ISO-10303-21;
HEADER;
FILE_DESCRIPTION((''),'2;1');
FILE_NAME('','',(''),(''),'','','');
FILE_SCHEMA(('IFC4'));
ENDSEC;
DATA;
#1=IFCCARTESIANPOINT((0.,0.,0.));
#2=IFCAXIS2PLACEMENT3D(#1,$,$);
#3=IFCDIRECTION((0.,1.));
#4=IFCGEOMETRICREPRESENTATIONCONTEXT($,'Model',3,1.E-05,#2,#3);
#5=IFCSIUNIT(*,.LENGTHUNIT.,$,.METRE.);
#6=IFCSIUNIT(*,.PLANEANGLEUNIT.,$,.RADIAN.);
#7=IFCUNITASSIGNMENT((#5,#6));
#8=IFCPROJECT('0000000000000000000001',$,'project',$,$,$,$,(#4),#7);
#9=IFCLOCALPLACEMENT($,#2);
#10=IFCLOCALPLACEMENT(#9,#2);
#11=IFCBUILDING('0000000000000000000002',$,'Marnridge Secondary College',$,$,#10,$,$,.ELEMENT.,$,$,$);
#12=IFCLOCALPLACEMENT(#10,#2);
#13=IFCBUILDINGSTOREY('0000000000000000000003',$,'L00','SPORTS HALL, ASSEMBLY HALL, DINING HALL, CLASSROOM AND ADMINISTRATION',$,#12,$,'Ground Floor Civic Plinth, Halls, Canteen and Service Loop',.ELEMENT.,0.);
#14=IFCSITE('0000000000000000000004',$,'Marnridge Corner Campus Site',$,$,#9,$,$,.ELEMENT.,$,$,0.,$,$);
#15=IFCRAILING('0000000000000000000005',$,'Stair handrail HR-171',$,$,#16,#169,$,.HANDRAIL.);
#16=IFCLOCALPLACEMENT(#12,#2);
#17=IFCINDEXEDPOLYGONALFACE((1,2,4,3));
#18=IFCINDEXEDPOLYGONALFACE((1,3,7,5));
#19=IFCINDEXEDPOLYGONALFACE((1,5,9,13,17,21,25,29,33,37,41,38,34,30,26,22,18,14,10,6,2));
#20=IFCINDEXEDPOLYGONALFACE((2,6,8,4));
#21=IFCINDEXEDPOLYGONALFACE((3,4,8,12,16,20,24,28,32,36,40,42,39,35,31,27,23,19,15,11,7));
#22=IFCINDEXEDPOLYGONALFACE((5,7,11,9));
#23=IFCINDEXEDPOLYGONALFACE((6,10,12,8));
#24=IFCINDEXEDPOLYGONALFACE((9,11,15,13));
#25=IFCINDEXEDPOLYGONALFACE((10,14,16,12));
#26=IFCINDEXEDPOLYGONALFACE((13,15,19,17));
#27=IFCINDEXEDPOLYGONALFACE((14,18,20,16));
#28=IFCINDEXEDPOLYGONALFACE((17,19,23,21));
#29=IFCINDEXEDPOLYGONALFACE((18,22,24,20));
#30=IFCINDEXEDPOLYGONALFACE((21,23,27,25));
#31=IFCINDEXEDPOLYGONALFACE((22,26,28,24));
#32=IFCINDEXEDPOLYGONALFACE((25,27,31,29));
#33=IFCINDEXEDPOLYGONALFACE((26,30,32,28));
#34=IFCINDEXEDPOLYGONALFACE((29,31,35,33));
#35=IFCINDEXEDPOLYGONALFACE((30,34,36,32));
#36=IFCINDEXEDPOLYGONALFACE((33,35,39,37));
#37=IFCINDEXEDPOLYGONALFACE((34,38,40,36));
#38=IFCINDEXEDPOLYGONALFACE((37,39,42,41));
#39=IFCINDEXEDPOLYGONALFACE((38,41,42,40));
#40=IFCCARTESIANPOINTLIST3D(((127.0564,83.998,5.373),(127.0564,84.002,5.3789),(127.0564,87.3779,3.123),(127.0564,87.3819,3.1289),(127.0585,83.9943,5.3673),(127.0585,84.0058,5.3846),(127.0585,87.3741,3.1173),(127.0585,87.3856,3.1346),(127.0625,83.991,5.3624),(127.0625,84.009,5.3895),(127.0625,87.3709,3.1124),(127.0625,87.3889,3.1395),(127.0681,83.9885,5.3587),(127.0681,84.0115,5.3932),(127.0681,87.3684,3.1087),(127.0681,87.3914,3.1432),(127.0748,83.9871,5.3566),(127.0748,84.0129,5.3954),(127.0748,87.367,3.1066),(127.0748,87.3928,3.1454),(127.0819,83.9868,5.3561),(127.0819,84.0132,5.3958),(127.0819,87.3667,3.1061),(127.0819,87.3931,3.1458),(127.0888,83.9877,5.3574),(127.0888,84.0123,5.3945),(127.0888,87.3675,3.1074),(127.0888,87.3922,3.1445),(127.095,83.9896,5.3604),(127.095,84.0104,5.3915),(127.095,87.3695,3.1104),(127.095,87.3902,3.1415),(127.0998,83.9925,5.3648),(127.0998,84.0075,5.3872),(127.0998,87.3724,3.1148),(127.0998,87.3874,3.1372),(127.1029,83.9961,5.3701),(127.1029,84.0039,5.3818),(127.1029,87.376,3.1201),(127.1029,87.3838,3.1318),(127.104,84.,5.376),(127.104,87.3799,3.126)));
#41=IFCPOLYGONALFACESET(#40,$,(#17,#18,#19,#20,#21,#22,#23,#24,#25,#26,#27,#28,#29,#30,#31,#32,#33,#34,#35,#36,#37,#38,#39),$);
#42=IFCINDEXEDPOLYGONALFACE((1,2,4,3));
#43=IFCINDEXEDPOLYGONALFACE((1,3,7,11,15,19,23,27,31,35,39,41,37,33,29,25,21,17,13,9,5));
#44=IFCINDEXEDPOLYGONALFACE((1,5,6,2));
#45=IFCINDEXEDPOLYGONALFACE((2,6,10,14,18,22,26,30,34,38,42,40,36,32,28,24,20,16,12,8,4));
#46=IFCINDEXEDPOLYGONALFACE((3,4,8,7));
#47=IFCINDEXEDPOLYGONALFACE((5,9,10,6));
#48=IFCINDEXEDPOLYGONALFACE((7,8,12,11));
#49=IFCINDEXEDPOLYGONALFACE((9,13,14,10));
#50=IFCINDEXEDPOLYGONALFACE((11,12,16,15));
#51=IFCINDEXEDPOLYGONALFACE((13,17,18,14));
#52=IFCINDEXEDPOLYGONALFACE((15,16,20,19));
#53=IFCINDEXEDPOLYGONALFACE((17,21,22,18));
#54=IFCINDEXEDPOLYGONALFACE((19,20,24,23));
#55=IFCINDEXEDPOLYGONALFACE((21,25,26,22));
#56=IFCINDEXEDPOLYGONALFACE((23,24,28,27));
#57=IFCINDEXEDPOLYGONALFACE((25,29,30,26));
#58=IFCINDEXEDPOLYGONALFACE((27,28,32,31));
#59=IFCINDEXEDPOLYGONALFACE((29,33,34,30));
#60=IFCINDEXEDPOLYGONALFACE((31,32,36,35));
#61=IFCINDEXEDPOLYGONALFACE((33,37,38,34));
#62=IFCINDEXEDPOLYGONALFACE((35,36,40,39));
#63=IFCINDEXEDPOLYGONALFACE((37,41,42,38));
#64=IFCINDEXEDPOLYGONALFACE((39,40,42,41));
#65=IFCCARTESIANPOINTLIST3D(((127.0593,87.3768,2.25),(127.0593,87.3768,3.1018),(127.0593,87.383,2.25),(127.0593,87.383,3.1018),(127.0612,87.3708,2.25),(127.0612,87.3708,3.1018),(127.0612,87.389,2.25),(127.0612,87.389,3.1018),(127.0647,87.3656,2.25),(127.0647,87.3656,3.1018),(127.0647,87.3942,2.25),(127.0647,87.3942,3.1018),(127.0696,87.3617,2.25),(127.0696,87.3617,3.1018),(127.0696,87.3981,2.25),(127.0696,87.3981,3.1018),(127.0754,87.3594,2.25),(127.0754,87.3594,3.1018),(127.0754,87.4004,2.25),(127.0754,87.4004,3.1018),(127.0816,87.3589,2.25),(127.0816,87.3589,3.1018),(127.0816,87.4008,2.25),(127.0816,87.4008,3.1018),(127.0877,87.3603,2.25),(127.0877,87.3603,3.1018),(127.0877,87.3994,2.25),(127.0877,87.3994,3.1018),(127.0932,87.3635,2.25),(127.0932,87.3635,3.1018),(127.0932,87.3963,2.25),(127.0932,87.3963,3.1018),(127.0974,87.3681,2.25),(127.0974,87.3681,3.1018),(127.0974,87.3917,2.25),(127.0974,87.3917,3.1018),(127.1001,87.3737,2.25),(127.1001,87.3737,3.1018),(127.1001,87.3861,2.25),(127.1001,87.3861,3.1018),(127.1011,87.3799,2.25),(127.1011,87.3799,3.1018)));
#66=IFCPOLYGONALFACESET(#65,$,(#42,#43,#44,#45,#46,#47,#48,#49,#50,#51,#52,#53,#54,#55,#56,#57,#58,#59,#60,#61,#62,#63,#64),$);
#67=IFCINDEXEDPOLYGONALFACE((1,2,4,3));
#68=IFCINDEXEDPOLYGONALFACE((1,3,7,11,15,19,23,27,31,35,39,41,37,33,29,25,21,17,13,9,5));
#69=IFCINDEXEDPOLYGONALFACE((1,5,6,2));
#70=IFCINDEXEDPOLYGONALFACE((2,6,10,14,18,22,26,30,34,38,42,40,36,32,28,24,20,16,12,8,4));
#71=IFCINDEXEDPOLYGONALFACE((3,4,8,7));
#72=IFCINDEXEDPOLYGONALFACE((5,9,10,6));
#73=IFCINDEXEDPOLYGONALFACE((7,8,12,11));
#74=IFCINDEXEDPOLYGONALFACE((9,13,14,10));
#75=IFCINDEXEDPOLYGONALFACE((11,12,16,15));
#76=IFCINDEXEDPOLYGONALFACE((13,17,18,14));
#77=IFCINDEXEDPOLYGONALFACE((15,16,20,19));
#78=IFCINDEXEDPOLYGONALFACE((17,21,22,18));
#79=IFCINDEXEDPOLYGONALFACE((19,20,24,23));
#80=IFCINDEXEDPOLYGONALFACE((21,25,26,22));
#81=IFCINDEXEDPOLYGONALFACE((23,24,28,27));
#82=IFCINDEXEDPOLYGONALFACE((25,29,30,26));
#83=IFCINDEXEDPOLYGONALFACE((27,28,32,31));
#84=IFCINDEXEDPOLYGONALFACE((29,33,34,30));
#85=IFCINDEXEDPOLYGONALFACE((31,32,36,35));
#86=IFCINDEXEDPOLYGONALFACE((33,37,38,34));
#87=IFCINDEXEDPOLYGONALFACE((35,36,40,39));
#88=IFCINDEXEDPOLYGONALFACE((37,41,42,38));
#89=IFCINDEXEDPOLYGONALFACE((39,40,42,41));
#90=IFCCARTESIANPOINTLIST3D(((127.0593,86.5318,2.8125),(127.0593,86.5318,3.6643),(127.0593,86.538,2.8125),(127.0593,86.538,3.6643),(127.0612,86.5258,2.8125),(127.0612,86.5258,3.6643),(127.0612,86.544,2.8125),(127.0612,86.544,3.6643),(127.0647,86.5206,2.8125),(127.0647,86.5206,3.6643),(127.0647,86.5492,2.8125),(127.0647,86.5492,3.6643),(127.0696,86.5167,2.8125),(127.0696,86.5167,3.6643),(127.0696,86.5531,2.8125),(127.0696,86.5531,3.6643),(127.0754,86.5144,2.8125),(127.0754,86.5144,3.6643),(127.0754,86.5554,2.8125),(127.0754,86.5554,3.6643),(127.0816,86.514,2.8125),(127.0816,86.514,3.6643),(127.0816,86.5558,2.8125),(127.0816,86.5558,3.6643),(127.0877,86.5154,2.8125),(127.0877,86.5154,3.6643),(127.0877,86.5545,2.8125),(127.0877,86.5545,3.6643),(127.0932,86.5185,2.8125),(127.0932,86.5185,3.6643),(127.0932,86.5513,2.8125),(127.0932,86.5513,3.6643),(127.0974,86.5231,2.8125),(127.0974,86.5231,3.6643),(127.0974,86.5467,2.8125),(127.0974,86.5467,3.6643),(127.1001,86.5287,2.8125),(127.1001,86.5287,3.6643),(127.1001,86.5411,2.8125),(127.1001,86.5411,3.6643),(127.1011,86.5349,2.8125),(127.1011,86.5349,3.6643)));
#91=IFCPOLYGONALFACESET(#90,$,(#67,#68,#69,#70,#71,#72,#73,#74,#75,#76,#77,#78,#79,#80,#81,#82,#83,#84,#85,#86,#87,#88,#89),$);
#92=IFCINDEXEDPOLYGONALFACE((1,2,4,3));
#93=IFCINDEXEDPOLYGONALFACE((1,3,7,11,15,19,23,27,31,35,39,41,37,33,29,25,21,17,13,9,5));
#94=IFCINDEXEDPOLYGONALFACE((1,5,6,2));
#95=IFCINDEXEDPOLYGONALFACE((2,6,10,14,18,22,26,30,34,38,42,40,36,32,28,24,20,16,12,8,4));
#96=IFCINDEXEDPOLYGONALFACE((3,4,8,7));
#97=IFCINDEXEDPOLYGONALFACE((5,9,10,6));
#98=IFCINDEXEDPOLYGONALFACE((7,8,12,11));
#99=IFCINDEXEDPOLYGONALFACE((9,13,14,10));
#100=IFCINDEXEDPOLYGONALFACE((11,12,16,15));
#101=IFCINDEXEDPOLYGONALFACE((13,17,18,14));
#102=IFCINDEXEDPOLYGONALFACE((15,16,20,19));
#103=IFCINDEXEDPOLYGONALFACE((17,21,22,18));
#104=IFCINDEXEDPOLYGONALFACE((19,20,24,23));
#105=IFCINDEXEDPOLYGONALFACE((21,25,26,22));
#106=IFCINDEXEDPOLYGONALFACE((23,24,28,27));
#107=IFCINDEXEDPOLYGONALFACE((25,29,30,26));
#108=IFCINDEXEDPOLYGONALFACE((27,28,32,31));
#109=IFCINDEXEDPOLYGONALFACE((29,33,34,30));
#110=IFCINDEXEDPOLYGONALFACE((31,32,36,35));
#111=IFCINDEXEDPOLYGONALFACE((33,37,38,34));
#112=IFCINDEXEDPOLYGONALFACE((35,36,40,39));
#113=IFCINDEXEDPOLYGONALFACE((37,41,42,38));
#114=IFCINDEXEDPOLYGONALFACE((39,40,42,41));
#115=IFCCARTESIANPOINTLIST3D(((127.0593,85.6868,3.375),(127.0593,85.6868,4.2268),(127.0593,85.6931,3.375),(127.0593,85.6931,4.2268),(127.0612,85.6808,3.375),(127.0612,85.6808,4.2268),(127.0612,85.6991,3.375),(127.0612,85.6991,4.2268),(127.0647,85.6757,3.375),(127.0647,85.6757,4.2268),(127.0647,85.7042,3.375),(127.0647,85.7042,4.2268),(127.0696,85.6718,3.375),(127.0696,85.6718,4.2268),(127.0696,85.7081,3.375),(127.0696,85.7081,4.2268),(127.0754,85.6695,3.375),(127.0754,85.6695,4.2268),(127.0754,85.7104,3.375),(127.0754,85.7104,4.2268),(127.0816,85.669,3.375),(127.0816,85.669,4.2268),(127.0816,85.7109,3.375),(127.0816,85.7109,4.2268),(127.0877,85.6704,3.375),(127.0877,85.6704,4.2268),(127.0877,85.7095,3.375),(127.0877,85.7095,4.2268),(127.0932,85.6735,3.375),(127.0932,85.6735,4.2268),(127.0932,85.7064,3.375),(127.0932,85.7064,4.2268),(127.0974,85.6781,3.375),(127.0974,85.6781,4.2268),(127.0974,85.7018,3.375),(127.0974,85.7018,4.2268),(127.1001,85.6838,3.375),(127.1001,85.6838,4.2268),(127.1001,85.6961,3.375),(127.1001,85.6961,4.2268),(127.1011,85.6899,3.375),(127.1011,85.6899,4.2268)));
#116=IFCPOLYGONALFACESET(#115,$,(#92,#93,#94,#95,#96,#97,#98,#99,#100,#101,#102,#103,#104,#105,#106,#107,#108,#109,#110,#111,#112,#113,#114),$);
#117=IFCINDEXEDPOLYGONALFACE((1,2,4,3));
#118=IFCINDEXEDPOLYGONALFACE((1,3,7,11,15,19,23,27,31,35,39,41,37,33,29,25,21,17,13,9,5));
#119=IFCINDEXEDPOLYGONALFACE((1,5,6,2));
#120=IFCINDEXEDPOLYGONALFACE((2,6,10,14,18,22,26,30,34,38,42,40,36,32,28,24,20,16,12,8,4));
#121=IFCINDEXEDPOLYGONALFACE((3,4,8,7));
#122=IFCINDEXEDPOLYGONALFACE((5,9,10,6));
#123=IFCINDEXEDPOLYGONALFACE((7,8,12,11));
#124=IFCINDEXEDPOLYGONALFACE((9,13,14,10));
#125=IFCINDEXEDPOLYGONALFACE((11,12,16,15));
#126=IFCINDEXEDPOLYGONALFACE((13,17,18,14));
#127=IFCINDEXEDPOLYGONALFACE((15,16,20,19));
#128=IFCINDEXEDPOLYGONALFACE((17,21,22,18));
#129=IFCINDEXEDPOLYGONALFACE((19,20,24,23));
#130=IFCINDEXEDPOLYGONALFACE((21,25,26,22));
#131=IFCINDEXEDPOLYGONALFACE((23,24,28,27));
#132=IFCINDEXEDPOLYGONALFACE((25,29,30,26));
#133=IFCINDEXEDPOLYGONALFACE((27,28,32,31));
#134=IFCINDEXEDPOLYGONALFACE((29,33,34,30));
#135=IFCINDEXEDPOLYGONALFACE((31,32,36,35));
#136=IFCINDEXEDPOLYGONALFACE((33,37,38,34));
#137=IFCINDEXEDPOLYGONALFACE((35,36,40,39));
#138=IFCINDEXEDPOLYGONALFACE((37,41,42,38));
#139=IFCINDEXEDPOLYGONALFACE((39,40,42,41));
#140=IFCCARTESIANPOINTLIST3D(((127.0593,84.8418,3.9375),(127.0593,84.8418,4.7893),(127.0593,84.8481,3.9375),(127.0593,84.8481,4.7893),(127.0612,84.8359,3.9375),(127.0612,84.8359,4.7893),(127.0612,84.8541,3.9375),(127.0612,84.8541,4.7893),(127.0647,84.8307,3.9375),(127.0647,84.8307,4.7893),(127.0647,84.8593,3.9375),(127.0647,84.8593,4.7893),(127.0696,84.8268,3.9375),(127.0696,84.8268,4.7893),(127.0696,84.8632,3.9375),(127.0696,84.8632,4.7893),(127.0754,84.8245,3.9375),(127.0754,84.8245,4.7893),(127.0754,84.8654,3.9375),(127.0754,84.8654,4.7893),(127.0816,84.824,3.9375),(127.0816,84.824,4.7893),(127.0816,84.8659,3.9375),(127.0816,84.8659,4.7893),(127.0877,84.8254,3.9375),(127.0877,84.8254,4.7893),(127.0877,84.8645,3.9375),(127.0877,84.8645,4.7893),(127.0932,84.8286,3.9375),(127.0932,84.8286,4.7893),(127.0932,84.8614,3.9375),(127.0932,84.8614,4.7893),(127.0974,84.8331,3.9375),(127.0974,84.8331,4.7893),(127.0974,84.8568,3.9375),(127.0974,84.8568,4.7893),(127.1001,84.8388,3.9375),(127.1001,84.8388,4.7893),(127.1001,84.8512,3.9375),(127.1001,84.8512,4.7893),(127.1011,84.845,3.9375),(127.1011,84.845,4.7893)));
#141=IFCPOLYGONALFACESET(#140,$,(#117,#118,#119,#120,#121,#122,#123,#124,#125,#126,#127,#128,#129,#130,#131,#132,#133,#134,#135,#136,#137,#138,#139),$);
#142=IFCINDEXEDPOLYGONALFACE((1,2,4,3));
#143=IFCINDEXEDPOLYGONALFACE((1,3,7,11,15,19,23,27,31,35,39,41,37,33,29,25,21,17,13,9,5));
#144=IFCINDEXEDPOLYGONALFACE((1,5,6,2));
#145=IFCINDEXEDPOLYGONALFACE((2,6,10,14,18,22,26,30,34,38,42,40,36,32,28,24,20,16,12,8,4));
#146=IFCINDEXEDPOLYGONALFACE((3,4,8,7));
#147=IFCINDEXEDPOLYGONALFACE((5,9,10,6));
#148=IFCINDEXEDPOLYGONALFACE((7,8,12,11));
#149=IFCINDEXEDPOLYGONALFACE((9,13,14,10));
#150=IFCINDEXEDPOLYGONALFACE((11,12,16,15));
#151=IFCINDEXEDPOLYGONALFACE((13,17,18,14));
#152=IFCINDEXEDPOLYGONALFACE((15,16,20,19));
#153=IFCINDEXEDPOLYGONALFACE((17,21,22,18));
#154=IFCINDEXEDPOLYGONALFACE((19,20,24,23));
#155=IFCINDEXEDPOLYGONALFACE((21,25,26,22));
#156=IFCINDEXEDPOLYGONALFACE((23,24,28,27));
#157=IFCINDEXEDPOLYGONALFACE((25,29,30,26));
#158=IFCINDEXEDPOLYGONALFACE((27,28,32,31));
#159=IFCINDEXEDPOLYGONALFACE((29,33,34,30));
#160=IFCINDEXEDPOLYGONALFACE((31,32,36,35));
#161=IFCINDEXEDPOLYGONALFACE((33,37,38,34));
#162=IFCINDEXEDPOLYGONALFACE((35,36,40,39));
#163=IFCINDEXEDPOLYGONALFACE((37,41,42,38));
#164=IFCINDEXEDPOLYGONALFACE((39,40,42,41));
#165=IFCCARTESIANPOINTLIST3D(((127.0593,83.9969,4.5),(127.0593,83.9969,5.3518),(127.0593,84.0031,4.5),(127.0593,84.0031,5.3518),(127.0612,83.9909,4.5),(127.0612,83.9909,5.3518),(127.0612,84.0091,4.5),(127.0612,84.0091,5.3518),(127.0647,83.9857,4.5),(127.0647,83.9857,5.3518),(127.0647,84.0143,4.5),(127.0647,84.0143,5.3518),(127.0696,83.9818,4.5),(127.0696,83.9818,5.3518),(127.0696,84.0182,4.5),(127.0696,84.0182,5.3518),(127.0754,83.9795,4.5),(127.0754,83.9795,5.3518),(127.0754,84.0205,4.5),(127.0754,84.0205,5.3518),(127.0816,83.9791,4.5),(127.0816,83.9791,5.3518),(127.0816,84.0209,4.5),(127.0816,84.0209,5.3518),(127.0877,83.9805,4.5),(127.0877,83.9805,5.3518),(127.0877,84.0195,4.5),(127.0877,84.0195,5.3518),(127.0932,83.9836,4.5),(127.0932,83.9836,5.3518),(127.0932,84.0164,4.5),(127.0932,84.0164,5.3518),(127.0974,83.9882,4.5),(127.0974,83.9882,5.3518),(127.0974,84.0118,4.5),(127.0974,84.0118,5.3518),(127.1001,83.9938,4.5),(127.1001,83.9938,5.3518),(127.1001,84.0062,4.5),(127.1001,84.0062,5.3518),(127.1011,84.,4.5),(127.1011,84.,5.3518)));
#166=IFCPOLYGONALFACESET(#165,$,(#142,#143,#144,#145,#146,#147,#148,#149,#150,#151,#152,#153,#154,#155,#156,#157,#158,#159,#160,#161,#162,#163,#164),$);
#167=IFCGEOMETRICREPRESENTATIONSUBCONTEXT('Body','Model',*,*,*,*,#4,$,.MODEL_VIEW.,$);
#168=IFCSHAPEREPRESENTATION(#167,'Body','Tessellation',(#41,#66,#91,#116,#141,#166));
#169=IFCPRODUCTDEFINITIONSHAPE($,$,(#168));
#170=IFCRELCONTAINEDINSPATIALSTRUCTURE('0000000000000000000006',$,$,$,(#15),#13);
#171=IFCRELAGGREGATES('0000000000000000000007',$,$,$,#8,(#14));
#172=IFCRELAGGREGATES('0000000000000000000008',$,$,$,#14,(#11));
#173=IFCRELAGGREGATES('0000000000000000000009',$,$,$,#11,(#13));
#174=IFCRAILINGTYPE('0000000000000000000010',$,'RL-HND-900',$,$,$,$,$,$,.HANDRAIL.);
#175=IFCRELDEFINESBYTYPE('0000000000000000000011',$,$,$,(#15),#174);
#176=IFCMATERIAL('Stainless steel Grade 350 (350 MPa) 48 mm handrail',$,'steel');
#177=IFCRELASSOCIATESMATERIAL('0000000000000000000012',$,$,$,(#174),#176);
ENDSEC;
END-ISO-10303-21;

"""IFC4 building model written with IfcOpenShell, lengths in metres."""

from ifc_helpers import new_model, si_unit, direction, frame, origin, origin_2d, place, context, subcontext, project, spatial, circle, extrude, material, type_object, element, save


model = new_model("IFC4")

# Units and contexts
model_context = context("Model", 3, precision=1e-05, world=origin(), true_north=direction((0.0, 1.0)))
body_context = subcontext(model_context, "Body", "Model", "MODEL_VIEW")
ifc_project = project(units=[si_unit("LENGTHUNIT", "METRE"), si_unit("PLANEANGLEUNIT", "RADIAN")], contexts=[model_context])

# Site, building, storey
site_placement = place(None, origin())
site = spatial("IfcSite", under=ifc_project, at=site_placement, Name="Marnridge Corner Campus Site", CompositionType="ELEMENT", RefElevation=0.0)
building_placement = place(site_placement, origin())
building = spatial("IfcBuilding", under=site, at=building_placement, Name="Marnridge Secondary College", CompositionType="ELEMENT")
storey_placement = place(building_placement, origin())
storey = spatial("IfcBuildingStorey", under=building, at=storey_placement, Name="L00", Description="SPORTS HALL, ASSEMBLY HALL, DINING HALL, CLASSROOM AND ADMINISTRATION", LongName="Ground Floor Civic Plinth, Halls, Canteen and Service Loop", CompositionType="ELEMENT", Elevation=0.0)

# Railing
ifc_material_1 = material(Name="Stainless steel Grade 350 (350 MPa) 48 mm handrail", Category="steel")
railing_type_1 = type_object("IfcRailingType", Name="RL-HND-900", PredefinedType="HANDRAIL", material=ifc_material_1)
for number, where, name in (
    (1, (127.0801, 87.3799, 2.25), "Stair handrail HR-171"),
):
    element("IfcRailing", number, at=place(storey_placement, frame(where)), inside=storey, type_object=railing_type_1, Name=name, PredefinedType="HANDRAIL", context=body_context, shape_type="SweptSolid", body=[
        extrude(circle(Radius=0.0239, at=origin_2d()), frame((0.0, 0.0, 0.876), z_axis=(0.0, -0.83242, 0.554145), x_axis=(1.0, 0.0, 0.0)), (0.0, 0.0, 1.0), 4.0603),
        extrude(circle(Radius=0.021, at=origin_2d()), origin(), (0.0, 0.0, 1.0), 0.8518),
        extrude(circle(Radius=0.021, at=origin_2d()), frame((0.0, -0.845, 0.5625)), (0.0, 0.0, 1.0), 0.8518),
        extrude(circle(Radius=0.021, at=origin_2d()), frame((0.0, -1.6899, 1.125)), (0.0, 0.0, 1.0), 0.8518),
        extrude(circle(Radius=0.021, at=origin_2d()), frame((0.0, -2.5349, 1.6875)), (0.0, 0.0, 1.0), 0.8518),
        extrude(circle(Radius=0.021, at=origin_2d()), frame((0.0, -3.3799, 2.25)), (0.0, 0.0, 1.0), 0.8518),
    ])

save(model, "model.ifc")
